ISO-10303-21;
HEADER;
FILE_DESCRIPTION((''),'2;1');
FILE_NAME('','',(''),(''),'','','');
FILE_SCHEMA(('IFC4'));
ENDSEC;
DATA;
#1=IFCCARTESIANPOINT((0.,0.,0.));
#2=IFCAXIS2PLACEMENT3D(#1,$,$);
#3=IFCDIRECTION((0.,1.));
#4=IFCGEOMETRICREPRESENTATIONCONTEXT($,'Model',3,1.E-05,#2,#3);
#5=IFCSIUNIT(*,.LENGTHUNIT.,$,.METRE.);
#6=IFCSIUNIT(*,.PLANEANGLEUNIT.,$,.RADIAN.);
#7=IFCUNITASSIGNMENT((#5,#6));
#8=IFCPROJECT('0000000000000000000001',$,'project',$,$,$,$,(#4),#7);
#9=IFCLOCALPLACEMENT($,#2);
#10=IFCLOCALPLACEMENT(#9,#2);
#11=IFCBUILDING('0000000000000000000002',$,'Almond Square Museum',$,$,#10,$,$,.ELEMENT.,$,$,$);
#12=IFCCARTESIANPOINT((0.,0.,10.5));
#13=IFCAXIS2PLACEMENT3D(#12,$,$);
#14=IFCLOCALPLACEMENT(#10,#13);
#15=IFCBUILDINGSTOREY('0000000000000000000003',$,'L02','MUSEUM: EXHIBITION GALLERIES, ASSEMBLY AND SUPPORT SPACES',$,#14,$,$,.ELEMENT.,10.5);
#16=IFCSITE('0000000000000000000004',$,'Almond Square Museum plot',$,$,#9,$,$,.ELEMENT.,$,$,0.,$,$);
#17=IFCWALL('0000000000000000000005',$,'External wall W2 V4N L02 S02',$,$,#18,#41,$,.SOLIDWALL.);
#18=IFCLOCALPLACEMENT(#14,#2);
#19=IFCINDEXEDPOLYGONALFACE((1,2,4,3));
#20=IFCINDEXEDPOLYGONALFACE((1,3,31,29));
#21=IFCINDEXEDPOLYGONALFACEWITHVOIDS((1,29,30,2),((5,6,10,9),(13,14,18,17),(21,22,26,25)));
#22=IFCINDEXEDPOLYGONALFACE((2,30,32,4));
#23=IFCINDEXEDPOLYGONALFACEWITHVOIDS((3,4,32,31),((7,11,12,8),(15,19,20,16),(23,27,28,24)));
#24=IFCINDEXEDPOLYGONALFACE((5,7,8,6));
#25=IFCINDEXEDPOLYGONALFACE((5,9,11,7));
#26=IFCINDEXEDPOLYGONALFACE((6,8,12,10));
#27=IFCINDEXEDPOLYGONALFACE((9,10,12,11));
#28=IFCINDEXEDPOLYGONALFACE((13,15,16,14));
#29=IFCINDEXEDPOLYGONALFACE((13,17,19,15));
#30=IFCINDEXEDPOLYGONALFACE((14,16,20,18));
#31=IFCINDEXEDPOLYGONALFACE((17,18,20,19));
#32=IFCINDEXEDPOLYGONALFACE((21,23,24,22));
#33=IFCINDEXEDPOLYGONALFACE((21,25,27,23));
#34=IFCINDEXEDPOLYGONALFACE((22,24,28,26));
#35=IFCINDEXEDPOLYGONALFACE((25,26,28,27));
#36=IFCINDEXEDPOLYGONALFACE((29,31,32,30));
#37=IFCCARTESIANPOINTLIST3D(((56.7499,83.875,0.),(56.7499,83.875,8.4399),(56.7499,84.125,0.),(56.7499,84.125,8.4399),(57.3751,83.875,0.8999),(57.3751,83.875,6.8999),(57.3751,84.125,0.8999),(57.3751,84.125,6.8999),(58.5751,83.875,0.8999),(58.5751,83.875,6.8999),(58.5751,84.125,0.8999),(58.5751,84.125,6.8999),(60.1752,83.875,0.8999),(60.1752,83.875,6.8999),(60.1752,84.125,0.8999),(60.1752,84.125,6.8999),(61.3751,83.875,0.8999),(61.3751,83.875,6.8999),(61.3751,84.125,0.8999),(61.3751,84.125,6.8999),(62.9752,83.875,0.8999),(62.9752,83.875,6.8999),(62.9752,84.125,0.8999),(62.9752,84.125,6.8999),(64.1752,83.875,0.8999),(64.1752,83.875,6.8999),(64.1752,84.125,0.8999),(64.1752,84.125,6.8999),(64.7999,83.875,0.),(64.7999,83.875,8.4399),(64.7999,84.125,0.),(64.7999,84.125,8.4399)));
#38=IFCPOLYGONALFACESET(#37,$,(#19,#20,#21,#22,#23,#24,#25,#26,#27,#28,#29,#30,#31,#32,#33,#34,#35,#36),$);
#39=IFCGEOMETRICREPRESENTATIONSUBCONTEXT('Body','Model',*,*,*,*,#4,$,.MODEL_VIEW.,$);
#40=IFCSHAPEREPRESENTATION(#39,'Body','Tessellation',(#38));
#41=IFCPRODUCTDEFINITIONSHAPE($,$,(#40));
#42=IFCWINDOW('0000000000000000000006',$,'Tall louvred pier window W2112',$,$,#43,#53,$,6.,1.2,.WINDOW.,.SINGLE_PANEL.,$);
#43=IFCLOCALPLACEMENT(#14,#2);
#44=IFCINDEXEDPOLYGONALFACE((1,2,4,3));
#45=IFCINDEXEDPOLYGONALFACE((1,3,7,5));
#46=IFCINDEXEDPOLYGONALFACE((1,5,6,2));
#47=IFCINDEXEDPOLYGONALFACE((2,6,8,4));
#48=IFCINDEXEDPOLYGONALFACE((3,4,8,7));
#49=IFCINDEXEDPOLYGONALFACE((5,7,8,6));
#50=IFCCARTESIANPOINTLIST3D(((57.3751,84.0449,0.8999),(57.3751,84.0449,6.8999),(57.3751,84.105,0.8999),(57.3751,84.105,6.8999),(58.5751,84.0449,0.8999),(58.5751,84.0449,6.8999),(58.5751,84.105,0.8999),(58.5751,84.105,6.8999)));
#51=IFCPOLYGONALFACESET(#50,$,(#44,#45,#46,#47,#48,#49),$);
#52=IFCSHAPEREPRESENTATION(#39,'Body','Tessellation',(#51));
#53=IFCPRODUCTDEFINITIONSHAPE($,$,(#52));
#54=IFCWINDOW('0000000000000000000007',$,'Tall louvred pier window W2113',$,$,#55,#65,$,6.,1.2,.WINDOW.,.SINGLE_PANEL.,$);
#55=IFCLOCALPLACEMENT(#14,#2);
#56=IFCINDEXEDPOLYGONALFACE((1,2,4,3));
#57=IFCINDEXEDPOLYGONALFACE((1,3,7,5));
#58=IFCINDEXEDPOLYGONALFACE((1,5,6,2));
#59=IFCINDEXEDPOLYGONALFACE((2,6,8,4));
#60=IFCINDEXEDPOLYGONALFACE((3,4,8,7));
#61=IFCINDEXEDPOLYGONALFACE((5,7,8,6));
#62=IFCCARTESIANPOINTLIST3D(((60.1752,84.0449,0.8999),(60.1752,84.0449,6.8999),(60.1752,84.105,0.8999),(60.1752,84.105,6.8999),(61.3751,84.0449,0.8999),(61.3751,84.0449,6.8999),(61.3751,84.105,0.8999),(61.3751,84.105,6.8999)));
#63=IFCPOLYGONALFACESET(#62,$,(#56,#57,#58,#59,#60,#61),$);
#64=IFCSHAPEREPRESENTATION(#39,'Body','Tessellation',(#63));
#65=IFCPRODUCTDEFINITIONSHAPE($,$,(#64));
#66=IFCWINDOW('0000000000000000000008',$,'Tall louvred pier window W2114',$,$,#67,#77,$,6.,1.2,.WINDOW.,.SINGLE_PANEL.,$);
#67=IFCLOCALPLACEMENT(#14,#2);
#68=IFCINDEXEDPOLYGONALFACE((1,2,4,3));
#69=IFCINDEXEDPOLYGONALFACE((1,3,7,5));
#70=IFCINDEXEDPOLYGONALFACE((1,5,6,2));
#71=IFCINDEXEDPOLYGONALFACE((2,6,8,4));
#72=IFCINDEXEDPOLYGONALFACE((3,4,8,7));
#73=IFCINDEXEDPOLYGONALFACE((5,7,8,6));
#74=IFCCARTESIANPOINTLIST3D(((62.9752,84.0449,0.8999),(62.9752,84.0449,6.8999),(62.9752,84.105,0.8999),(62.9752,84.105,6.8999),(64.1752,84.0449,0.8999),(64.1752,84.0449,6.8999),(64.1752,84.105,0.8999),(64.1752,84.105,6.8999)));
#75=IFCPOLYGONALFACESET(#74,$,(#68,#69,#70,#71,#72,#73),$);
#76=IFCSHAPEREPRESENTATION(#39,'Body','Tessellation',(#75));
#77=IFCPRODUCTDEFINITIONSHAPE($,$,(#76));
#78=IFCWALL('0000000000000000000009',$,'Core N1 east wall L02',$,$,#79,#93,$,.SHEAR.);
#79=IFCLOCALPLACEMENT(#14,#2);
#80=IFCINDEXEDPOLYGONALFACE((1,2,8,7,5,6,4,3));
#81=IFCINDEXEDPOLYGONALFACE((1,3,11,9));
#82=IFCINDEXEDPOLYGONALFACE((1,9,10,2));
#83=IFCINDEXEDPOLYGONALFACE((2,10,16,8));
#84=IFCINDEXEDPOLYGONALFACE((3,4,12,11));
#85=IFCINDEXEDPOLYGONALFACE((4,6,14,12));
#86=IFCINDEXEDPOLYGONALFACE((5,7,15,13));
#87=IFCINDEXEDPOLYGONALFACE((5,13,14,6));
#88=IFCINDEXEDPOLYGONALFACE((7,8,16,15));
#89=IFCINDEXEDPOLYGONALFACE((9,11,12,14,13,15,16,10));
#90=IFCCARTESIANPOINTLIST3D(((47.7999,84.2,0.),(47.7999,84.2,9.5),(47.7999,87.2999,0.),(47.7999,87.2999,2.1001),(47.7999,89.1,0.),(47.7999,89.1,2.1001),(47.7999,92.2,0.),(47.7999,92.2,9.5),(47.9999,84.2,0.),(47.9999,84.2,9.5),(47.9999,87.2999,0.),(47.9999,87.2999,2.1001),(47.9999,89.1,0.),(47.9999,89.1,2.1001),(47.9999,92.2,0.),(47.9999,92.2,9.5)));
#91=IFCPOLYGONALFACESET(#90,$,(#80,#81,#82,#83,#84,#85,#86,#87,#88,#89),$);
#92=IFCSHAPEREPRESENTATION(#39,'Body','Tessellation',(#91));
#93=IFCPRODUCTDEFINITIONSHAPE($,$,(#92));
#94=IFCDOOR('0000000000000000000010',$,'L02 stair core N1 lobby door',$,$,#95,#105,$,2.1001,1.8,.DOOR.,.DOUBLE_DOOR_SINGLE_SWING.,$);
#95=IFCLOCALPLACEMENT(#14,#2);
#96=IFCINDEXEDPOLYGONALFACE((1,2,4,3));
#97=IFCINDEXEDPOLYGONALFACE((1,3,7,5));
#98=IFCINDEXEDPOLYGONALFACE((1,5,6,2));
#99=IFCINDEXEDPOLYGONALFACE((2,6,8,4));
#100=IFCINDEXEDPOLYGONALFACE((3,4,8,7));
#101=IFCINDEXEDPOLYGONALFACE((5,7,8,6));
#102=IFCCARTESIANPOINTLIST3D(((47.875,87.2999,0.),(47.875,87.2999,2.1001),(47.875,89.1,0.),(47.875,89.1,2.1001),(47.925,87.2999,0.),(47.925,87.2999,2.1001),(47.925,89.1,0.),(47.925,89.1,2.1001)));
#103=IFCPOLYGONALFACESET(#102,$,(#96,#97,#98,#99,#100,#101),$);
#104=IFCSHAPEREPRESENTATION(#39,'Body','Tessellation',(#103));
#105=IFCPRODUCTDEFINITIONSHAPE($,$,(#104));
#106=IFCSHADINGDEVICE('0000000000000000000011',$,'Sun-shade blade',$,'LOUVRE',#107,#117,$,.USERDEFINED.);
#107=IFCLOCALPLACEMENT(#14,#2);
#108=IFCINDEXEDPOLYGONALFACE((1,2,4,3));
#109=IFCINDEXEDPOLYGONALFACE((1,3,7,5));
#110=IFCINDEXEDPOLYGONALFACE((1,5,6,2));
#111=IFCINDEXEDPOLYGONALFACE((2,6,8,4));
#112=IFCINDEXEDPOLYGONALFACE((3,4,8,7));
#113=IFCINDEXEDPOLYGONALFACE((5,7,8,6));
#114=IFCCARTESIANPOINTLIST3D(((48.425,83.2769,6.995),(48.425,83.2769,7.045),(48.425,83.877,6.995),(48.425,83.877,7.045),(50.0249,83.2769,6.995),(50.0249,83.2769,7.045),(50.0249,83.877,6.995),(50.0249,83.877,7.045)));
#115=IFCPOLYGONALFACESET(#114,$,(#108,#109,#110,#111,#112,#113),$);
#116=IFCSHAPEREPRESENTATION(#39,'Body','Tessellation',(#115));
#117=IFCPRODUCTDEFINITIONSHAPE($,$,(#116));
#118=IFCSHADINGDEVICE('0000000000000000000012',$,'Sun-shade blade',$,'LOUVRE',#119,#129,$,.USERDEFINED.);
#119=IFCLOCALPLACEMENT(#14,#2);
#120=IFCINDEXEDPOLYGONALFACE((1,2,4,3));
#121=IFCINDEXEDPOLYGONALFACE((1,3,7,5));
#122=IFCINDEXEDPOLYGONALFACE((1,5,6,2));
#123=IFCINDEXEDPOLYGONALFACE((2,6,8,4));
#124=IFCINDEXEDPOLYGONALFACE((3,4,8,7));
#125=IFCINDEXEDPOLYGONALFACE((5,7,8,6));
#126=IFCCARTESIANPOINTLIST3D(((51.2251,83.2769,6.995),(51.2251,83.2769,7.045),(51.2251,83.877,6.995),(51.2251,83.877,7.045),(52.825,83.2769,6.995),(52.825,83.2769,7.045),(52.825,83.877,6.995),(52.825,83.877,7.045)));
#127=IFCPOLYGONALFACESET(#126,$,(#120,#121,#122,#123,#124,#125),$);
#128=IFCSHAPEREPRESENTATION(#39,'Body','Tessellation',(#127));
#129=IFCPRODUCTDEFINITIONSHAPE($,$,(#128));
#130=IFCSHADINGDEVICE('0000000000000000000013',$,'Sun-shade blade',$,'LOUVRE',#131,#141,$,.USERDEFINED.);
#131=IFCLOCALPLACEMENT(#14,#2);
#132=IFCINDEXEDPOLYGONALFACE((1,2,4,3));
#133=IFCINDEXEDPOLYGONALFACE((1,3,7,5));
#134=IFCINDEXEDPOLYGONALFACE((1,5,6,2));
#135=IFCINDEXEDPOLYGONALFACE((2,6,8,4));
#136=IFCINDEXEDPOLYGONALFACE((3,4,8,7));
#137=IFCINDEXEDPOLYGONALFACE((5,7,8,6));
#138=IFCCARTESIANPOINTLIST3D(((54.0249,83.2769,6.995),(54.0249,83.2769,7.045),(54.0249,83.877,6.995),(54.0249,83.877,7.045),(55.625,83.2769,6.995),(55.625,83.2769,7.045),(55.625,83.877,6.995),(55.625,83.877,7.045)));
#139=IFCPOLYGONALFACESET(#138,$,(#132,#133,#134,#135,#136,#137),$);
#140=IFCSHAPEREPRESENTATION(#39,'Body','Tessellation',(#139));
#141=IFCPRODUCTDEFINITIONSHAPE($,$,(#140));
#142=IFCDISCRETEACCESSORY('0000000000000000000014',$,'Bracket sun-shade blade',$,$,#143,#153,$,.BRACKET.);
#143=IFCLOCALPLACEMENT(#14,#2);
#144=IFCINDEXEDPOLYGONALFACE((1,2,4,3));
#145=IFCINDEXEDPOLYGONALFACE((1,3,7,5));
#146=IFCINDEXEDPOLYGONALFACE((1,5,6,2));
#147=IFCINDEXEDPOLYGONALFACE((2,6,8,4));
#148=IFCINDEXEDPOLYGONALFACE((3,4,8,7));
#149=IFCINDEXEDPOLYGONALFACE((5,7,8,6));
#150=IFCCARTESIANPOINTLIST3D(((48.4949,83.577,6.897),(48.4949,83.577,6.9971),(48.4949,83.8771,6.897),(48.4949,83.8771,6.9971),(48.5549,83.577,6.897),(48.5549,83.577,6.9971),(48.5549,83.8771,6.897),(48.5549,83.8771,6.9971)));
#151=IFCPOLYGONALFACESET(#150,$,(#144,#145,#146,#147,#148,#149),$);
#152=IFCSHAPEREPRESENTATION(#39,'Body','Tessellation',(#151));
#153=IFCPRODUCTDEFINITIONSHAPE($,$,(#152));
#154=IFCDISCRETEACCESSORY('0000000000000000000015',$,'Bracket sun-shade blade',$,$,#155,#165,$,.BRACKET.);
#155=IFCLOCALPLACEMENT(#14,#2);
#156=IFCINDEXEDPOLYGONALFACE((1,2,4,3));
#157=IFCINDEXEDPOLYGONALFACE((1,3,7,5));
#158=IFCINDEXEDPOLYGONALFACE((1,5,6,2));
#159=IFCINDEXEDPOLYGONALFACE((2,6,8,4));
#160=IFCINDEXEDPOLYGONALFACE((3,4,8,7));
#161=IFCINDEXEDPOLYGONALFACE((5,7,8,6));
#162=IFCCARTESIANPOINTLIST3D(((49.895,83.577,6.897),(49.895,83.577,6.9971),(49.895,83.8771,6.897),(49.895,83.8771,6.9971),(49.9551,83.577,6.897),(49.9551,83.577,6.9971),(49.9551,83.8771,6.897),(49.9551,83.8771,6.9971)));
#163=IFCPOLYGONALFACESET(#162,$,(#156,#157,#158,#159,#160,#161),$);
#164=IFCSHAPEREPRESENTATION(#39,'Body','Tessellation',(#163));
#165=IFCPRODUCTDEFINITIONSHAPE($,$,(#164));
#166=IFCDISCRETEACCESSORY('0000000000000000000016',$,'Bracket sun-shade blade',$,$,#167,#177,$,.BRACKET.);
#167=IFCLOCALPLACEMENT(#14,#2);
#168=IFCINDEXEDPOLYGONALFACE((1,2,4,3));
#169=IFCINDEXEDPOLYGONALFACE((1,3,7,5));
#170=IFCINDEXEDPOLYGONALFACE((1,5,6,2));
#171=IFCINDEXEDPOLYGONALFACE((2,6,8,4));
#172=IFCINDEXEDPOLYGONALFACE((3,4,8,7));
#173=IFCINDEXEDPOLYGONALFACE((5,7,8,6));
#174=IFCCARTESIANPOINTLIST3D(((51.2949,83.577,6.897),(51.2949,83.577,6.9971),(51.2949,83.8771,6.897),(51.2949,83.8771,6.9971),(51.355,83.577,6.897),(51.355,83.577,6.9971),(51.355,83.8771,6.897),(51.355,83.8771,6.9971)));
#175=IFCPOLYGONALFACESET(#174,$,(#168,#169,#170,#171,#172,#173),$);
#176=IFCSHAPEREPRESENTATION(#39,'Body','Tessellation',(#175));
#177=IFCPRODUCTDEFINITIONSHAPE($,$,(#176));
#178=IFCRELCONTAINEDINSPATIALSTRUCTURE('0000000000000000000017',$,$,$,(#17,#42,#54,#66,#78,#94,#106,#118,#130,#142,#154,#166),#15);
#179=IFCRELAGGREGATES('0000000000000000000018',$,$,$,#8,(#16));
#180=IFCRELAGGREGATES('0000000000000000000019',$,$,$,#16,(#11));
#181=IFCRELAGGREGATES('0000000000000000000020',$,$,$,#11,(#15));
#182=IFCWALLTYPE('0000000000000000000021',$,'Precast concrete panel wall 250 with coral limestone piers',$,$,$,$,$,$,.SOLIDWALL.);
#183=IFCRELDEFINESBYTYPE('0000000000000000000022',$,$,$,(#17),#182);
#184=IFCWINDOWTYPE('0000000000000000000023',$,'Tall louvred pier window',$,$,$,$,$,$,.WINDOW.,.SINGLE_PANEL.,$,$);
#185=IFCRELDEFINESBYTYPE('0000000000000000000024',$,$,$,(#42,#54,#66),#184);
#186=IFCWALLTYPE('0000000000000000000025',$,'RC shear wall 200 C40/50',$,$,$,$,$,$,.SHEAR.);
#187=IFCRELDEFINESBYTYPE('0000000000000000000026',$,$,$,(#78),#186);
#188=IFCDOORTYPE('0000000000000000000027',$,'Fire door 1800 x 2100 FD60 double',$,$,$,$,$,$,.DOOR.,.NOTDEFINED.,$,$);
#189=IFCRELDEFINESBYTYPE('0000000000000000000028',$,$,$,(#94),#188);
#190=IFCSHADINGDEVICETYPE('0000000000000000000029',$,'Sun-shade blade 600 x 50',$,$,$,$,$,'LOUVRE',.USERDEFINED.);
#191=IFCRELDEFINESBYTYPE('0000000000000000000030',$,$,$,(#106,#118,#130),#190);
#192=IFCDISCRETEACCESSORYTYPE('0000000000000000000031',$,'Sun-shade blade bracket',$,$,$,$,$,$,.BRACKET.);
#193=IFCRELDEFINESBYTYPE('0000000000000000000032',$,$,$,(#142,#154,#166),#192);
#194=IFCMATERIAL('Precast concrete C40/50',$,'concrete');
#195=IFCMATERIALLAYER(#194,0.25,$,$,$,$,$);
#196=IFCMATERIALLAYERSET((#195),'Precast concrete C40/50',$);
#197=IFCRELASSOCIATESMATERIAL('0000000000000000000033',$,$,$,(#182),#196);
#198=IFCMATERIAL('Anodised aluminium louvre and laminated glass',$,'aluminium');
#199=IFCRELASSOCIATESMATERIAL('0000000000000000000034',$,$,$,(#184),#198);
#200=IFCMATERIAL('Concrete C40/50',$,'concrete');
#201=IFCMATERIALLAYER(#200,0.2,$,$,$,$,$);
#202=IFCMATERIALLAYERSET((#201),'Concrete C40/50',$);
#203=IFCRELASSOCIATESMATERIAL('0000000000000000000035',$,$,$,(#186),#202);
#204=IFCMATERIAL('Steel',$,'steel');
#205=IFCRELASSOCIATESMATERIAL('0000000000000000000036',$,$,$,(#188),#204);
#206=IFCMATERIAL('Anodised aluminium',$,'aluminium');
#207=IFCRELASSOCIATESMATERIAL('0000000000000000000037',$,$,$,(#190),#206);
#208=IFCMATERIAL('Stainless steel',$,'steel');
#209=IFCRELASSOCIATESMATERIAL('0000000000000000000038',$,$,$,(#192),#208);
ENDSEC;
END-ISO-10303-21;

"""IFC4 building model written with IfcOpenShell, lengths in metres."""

from ifc_helpers import new_model, si_unit, direction, frame, frame_2d, origin, origin_2d, place, context, subcontext, project, spatial, rectangle, extrude, material, layer, layer_set, material_profile, profile_set, type_object, element, fill, save


model = new_model("IFC4")

# Units and contexts
model_context = context("Model", 3, precision=1e-05, world=origin(), true_north=direction((0.0, 1.0)))
body_context = subcontext(model_context, "Body", "Model", "MODEL_VIEW")
ifc_project = project(units=[si_unit("LENGTHUNIT", "METRE"), si_unit("PLANEANGLEUNIT", "RADIAN")], contexts=[model_context])

# Site, building, storey
site_placement = place(None, origin())
site = spatial("IfcSite", under=ifc_project, at=site_placement, Name="Almond Square Museum plot", CompositionType="ELEMENT", RefElevation=0.0)
building_placement = place(site_placement, origin())
building = spatial("IfcBuilding", under=site, at=building_placement, Name="Almond Square Museum", CompositionType="ELEMENT")
storey_placement = place(building_placement, frame((0.0, 0.0, 10.5)))
storey = spatial("IfcBuildingStorey", under=building, at=storey_placement, Name="L02", Description="MUSEUM: EXHIBITION GALLERIES, ASSEMBLY AND SUPPORT SPACES", CompositionType="ELEMENT", Elevation=10.5)

# Wall, openings, windows
ifc_material_1 = material(Name="Precast concrete C40/50", Category="concrete")
ifc_layer_1 = layer(ifc_material_1, 0.25)
ifc_layer_set_1 = layer_set([ifc_layer_1], Name="Precast concrete C40/50")
wall_type_1 = type_object("IfcWallType", Name="Precast concrete panel wall 250 with coral limestone piers", PredefinedType="SOLIDWALL", material=ifc_layer_set_1)
ifc_material_2 = material(Name="Anodised aluminium louvre and laminated glass", Category="aluminium")
window_type = type_object("IfcWindowType", Name="Tall louvred pier window", PartitioningType="SINGLE_PANEL", PredefinedType="WINDOW", material=ifc_material_2)
wall_1_placement = place(storey_placement, frame((56.75, 84.0, 0.0), z_axis=(0.0, 0.0, 1.0), x_axis=(1.0, 0.0, 0.0)))
wall_1 = element("IfcWall", 1, at=wall_1_placement, inside=storey, type_object=wall_type_1, Name="External wall W2 V4N L02 S02", PredefinedType="SOLIDWALL", context=body_context, shape_type="SweptSolid", body=[
    extrude(rectangle(XDim=8.05, YDim=0.25, at=frame_2d((4.0249, 0.0))), origin(), (0.0, 0.0, 1.0), 8.4399),
])
opening_1_placement = place(wall_1_placement, frame((0.625, 0.0, 0.8999)))
opening_1 = element("IfcOpeningElement", 2, at=opening_1_placement, cuts=wall_1, PredefinedType="OPENING", context=body_context, shape_type="SweptSolid", body=[
    extrude(rectangle(XDim=1.2, YDim=6.0, at=frame_2d((0.6001, 3.0))), frame((0.0, 0.135, 0.0), z_axis=(0.0, -1.0, 0.0), x_axis=(1.0, 0.0, 0.0)), (0.0, 0.0, 1.0), 0.27),
])
opening_2_placement = place(wall_1_placement, frame((3.425, 0.0, 0.8999)))
opening_2 = element("IfcOpeningElement", 3, at=opening_2_placement, cuts=wall_1, PredefinedType="OPENING", context=body_context, shape_type="SweptSolid", body=[
    extrude(rectangle(XDim=1.2, YDim=6.0, at=frame_2d((0.6001, 3.0))), frame((0.0, 0.135, 0.0), z_axis=(0.0, -1.0, 0.0), x_axis=(1.0, 0.0, 0.0)), (0.0, 0.0, 1.0), 0.27),
])
opening_3_placement = place(wall_1_placement, frame((6.2251, 0.0, 0.8999)))
opening_3 = element("IfcOpeningElement", 4, at=opening_3_placement, cuts=wall_1, PredefinedType="OPENING", context=body_context, shape_type="SweptSolid", body=[
    extrude(rectangle(XDim=1.2, YDim=6.0, at=frame_2d((0.6001, 3.0))), frame((0.0, 0.135, 0.0), z_axis=(0.0, -1.0, 0.0), x_axis=(1.0, 0.0, 0.0)), (0.0, 0.0, 1.0), 0.27),
])
window_1_placement = place(opening_1_placement, origin())
window_1 = element("IfcWindow", 5, at=window_1_placement, inside=storey, type_object=window_type, Name="Tall louvred pier window W2112", OverallHeight=6.0, OverallWidth=1.2, PartitioningType="SINGLE_PANEL", PredefinedType="WINDOW", context=body_context, shape_type="SweptSolid", body=[
    extrude(rectangle(XDim=1.2, YDim=6.0, at=frame_2d((0.6001, 3.0))), frame((0.0, 0.105, 0.0), z_axis=(0.0, -1.0, 0.0), x_axis=(1.0, 0.0, 0.0)), (0.0, 0.0, 1.0), 0.0601),
])
fill(opening_1, window_1)
window_2_placement = place(opening_2_placement, origin())
window_2 = element("IfcWindow", 6, at=window_2_placement, inside=storey, type_object=window_type, Name="Tall louvred pier window W2113", OverallHeight=6.0, OverallWidth=1.2, PartitioningType="SINGLE_PANEL", PredefinedType="WINDOW", context=body_context, shape_type="SweptSolid", body=[
    extrude(rectangle(XDim=1.2, YDim=6.0, at=frame_2d((0.6001, 3.0))), frame((0.0, 0.105, 0.0), z_axis=(0.0, -1.0, 0.0), x_axis=(1.0, 0.0, 0.0)), (0.0, 0.0, 1.0), 0.0601),
])
fill(opening_2, window_2)
window_3_placement = place(opening_3_placement, origin())
window_3 = element("IfcWindow", 7, at=window_3_placement, inside=storey, type_object=window_type, Name="Tall louvred pier window W2114", OverallHeight=6.0, OverallWidth=1.2, PartitioningType="SINGLE_PANEL", PredefinedType="WINDOW", context=body_context, shape_type="SweptSolid", body=[
    extrude(rectangle(XDim=1.2, YDim=6.0, at=frame_2d((0.6001, 3.0))), frame((0.0, 0.105, 0.0), z_axis=(0.0, -1.0, 0.0), x_axis=(1.0, 0.0, 0.0)), (0.0, 0.0, 1.0), 0.0601),
])
fill(opening_3, window_3)

# Wall, opening, door
ifc_material_3 = material(Name="Concrete C40/50", Category="concrete")
ifc_layer_2 = layer(ifc_material_3, 0.2)
ifc_layer_set_2 = layer_set([ifc_layer_2], Name="Concrete C40/50")
wall_type_2 = type_object("IfcWallType", Name="RC shear wall 200 C40/50", PredefinedType="SHEAR", material=ifc_layer_set_2)
wall_2_placement = place(storey_placement, frame((47.8999, 84.2, 0.0), z_axis=(0.0, 0.0, 1.0), x_axis=(0.0, 1.0, 0.0)))
wall_2 = element("IfcWall", 8, at=wall_2_placement, inside=storey, type_object=wall_type_2, Name="Core N1 east wall L02", PredefinedType="SHEAR", context=body_context, shape_type="SweptSolid", body=[
    extrude(rectangle(XDim=8.0, YDim=0.2, at=frame_2d((4.0, 0.0))), origin(), (0.0, 0.0, 1.0), 9.5),
])
opening_4_placement = place(wall_2_placement, frame((3.1001, 0.0, 0.0)))
opening_4 = element("IfcOpeningElement", 9, at=opening_4_placement, cuts=wall_2, PredefinedType="OPENING", context=body_context, shape_type="SweptSolid", body=[
    extrude(rectangle(XDim=1.8, YDim=2.1001, at=frame_2d((0.8999, 1.05))), frame((0.0, 0.1099, 0.0), z_axis=(0.0, -1.0, 0.0), x_axis=(1.0, 0.0, 0.0)), (0.0, 0.0, 1.0), 0.22),
])
ifc_material_4 = material(Name="Steel", Category="steel")
door_type = type_object("IfcDoorType", Name="Fire door 1800 x 2100 FD60 double", OperationType="NOTDEFINED", PredefinedType="DOOR", material=ifc_material_4)
door_placement = place(opening_4_placement, origin())
door = element("IfcDoor", 10, at=door_placement, inside=storey, type_object=door_type, Name="L02 stair core N1 lobby door", OperationType="DOUBLE_DOOR_SINGLE_SWING", OverallHeight=2.1001, OverallWidth=1.8, PredefinedType="DOOR", context=body_context, shape_type="SweptSolid", body=[
    extrude(rectangle(XDim=1.8, YDim=2.1001, at=frame_2d((0.8999, 1.05))), frame((0.0, 0.0249, 0.0), z_axis=(0.0, -1.0, 0.0), x_axis=(1.0, 0.0, 0.0)), (0.0, 0.0, 1.0), 0.05),
])
fill(opening_4, door)

# Shading devices
ifc_material_5 = material(Name="Anodised aluminium", Category="aluminium")
ifc_material_profile_1 = material_profile(ifc_material_5, rectangle(XDim=0.6001, YDim=0.05, at=origin_2d()))
ifc_profile_set_1 = profile_set([ifc_material_profile_1], Name="Anodised aluminium")
shading_device_type = type_object("IfcShadingDeviceType", Name="Sun-shade blade 600 x 50", ElementType="LOUVRE", PredefinedType="USERDEFINED", material=ifc_profile_set_1)
for number, where, z_axis, x_axis, name in (
    (11, (48.425, 83.5769, 7.02), (1.0, 0.0, 0.0), (0.0, 1.0, 0.0), "Sun-shade blade"),
    (12, (51.2251, 83.5769, 7.02), (1.0, 0.0, 0.0), (0.0, 1.0, 0.0), "Sun-shade blade"),
):
    element("IfcShadingDevice", number, at=place(storey_placement, frame(where, z_axis=z_axis, x_axis=x_axis)), inside=storey, type_object=shading_device_type, Name=name, ObjectType="LOUVRE", PredefinedType="USERDEFINED", context=body_context, shape_type="SweptSolid", body=[
        extrude(rectangle(XDim=0.6001, YDim=0.05, at=origin_2d()), origin(), (0.0, 0.0, 1.0), 1.5999),
    ])
shading_device_placement = place(storey_placement, frame((54.0249, 83.5769, 7.02), z_axis=(1.0, 0.0, 0.0), x_axis=(0.0, 1.0, 0.0)))
element("IfcShadingDevice", 13, at=shading_device_placement, inside=storey, type_object=shading_device_type, Name="Sun-shade blade", ObjectType="LOUVRE", PredefinedType="USERDEFINED", context=body_context, shape_type="SweptSolid", body=[
    extrude(rectangle(XDim=0.6001, YDim=0.05, at=origin_2d()), origin(), (0.0, 0.0, 1.0), 1.6001),
])

# Discrete accessories
ifc_material_6 = material(Name="Stainless steel", Category="steel")
discrete_accessory_type = type_object("IfcDiscreteAccessoryType", Name="Sun-shade blade bracket", PredefinedType="BRACKET", material=ifc_material_6)
for number, where, z_axis, x_axis, name in (
    (14, (48.5249, 83.7271, 6.897), (0.0, 0.0, 1.0), (1.0, 0.0, 0.0), "Bracket sun-shade blade"),
    (15, (49.925, 83.7271, 6.897), (0.0, 0.0, 1.0), (1.0, 0.0, 0.0), "Bracket sun-shade blade"),
    (16, (51.325, 83.7271, 6.897), (0.0, 0.0, 1.0), (1.0, 0.0, 0.0), "Bracket sun-shade blade"),
):
    element("IfcDiscreteAccessory", number, at=place(storey_placement, frame(where, z_axis=z_axis, x_axis=x_axis)), inside=storey, type_object=discrete_accessory_type, Name=name, PredefinedType="BRACKET", context=body_context, shape_type="SweptSolid", body=[
        extrude(rectangle(XDim=0.0601, YDim=0.3, at=origin_2d()), origin(), (0.0, 0.0, 1.0), 0.1001),
    ])

save(model, "model.ifc")
